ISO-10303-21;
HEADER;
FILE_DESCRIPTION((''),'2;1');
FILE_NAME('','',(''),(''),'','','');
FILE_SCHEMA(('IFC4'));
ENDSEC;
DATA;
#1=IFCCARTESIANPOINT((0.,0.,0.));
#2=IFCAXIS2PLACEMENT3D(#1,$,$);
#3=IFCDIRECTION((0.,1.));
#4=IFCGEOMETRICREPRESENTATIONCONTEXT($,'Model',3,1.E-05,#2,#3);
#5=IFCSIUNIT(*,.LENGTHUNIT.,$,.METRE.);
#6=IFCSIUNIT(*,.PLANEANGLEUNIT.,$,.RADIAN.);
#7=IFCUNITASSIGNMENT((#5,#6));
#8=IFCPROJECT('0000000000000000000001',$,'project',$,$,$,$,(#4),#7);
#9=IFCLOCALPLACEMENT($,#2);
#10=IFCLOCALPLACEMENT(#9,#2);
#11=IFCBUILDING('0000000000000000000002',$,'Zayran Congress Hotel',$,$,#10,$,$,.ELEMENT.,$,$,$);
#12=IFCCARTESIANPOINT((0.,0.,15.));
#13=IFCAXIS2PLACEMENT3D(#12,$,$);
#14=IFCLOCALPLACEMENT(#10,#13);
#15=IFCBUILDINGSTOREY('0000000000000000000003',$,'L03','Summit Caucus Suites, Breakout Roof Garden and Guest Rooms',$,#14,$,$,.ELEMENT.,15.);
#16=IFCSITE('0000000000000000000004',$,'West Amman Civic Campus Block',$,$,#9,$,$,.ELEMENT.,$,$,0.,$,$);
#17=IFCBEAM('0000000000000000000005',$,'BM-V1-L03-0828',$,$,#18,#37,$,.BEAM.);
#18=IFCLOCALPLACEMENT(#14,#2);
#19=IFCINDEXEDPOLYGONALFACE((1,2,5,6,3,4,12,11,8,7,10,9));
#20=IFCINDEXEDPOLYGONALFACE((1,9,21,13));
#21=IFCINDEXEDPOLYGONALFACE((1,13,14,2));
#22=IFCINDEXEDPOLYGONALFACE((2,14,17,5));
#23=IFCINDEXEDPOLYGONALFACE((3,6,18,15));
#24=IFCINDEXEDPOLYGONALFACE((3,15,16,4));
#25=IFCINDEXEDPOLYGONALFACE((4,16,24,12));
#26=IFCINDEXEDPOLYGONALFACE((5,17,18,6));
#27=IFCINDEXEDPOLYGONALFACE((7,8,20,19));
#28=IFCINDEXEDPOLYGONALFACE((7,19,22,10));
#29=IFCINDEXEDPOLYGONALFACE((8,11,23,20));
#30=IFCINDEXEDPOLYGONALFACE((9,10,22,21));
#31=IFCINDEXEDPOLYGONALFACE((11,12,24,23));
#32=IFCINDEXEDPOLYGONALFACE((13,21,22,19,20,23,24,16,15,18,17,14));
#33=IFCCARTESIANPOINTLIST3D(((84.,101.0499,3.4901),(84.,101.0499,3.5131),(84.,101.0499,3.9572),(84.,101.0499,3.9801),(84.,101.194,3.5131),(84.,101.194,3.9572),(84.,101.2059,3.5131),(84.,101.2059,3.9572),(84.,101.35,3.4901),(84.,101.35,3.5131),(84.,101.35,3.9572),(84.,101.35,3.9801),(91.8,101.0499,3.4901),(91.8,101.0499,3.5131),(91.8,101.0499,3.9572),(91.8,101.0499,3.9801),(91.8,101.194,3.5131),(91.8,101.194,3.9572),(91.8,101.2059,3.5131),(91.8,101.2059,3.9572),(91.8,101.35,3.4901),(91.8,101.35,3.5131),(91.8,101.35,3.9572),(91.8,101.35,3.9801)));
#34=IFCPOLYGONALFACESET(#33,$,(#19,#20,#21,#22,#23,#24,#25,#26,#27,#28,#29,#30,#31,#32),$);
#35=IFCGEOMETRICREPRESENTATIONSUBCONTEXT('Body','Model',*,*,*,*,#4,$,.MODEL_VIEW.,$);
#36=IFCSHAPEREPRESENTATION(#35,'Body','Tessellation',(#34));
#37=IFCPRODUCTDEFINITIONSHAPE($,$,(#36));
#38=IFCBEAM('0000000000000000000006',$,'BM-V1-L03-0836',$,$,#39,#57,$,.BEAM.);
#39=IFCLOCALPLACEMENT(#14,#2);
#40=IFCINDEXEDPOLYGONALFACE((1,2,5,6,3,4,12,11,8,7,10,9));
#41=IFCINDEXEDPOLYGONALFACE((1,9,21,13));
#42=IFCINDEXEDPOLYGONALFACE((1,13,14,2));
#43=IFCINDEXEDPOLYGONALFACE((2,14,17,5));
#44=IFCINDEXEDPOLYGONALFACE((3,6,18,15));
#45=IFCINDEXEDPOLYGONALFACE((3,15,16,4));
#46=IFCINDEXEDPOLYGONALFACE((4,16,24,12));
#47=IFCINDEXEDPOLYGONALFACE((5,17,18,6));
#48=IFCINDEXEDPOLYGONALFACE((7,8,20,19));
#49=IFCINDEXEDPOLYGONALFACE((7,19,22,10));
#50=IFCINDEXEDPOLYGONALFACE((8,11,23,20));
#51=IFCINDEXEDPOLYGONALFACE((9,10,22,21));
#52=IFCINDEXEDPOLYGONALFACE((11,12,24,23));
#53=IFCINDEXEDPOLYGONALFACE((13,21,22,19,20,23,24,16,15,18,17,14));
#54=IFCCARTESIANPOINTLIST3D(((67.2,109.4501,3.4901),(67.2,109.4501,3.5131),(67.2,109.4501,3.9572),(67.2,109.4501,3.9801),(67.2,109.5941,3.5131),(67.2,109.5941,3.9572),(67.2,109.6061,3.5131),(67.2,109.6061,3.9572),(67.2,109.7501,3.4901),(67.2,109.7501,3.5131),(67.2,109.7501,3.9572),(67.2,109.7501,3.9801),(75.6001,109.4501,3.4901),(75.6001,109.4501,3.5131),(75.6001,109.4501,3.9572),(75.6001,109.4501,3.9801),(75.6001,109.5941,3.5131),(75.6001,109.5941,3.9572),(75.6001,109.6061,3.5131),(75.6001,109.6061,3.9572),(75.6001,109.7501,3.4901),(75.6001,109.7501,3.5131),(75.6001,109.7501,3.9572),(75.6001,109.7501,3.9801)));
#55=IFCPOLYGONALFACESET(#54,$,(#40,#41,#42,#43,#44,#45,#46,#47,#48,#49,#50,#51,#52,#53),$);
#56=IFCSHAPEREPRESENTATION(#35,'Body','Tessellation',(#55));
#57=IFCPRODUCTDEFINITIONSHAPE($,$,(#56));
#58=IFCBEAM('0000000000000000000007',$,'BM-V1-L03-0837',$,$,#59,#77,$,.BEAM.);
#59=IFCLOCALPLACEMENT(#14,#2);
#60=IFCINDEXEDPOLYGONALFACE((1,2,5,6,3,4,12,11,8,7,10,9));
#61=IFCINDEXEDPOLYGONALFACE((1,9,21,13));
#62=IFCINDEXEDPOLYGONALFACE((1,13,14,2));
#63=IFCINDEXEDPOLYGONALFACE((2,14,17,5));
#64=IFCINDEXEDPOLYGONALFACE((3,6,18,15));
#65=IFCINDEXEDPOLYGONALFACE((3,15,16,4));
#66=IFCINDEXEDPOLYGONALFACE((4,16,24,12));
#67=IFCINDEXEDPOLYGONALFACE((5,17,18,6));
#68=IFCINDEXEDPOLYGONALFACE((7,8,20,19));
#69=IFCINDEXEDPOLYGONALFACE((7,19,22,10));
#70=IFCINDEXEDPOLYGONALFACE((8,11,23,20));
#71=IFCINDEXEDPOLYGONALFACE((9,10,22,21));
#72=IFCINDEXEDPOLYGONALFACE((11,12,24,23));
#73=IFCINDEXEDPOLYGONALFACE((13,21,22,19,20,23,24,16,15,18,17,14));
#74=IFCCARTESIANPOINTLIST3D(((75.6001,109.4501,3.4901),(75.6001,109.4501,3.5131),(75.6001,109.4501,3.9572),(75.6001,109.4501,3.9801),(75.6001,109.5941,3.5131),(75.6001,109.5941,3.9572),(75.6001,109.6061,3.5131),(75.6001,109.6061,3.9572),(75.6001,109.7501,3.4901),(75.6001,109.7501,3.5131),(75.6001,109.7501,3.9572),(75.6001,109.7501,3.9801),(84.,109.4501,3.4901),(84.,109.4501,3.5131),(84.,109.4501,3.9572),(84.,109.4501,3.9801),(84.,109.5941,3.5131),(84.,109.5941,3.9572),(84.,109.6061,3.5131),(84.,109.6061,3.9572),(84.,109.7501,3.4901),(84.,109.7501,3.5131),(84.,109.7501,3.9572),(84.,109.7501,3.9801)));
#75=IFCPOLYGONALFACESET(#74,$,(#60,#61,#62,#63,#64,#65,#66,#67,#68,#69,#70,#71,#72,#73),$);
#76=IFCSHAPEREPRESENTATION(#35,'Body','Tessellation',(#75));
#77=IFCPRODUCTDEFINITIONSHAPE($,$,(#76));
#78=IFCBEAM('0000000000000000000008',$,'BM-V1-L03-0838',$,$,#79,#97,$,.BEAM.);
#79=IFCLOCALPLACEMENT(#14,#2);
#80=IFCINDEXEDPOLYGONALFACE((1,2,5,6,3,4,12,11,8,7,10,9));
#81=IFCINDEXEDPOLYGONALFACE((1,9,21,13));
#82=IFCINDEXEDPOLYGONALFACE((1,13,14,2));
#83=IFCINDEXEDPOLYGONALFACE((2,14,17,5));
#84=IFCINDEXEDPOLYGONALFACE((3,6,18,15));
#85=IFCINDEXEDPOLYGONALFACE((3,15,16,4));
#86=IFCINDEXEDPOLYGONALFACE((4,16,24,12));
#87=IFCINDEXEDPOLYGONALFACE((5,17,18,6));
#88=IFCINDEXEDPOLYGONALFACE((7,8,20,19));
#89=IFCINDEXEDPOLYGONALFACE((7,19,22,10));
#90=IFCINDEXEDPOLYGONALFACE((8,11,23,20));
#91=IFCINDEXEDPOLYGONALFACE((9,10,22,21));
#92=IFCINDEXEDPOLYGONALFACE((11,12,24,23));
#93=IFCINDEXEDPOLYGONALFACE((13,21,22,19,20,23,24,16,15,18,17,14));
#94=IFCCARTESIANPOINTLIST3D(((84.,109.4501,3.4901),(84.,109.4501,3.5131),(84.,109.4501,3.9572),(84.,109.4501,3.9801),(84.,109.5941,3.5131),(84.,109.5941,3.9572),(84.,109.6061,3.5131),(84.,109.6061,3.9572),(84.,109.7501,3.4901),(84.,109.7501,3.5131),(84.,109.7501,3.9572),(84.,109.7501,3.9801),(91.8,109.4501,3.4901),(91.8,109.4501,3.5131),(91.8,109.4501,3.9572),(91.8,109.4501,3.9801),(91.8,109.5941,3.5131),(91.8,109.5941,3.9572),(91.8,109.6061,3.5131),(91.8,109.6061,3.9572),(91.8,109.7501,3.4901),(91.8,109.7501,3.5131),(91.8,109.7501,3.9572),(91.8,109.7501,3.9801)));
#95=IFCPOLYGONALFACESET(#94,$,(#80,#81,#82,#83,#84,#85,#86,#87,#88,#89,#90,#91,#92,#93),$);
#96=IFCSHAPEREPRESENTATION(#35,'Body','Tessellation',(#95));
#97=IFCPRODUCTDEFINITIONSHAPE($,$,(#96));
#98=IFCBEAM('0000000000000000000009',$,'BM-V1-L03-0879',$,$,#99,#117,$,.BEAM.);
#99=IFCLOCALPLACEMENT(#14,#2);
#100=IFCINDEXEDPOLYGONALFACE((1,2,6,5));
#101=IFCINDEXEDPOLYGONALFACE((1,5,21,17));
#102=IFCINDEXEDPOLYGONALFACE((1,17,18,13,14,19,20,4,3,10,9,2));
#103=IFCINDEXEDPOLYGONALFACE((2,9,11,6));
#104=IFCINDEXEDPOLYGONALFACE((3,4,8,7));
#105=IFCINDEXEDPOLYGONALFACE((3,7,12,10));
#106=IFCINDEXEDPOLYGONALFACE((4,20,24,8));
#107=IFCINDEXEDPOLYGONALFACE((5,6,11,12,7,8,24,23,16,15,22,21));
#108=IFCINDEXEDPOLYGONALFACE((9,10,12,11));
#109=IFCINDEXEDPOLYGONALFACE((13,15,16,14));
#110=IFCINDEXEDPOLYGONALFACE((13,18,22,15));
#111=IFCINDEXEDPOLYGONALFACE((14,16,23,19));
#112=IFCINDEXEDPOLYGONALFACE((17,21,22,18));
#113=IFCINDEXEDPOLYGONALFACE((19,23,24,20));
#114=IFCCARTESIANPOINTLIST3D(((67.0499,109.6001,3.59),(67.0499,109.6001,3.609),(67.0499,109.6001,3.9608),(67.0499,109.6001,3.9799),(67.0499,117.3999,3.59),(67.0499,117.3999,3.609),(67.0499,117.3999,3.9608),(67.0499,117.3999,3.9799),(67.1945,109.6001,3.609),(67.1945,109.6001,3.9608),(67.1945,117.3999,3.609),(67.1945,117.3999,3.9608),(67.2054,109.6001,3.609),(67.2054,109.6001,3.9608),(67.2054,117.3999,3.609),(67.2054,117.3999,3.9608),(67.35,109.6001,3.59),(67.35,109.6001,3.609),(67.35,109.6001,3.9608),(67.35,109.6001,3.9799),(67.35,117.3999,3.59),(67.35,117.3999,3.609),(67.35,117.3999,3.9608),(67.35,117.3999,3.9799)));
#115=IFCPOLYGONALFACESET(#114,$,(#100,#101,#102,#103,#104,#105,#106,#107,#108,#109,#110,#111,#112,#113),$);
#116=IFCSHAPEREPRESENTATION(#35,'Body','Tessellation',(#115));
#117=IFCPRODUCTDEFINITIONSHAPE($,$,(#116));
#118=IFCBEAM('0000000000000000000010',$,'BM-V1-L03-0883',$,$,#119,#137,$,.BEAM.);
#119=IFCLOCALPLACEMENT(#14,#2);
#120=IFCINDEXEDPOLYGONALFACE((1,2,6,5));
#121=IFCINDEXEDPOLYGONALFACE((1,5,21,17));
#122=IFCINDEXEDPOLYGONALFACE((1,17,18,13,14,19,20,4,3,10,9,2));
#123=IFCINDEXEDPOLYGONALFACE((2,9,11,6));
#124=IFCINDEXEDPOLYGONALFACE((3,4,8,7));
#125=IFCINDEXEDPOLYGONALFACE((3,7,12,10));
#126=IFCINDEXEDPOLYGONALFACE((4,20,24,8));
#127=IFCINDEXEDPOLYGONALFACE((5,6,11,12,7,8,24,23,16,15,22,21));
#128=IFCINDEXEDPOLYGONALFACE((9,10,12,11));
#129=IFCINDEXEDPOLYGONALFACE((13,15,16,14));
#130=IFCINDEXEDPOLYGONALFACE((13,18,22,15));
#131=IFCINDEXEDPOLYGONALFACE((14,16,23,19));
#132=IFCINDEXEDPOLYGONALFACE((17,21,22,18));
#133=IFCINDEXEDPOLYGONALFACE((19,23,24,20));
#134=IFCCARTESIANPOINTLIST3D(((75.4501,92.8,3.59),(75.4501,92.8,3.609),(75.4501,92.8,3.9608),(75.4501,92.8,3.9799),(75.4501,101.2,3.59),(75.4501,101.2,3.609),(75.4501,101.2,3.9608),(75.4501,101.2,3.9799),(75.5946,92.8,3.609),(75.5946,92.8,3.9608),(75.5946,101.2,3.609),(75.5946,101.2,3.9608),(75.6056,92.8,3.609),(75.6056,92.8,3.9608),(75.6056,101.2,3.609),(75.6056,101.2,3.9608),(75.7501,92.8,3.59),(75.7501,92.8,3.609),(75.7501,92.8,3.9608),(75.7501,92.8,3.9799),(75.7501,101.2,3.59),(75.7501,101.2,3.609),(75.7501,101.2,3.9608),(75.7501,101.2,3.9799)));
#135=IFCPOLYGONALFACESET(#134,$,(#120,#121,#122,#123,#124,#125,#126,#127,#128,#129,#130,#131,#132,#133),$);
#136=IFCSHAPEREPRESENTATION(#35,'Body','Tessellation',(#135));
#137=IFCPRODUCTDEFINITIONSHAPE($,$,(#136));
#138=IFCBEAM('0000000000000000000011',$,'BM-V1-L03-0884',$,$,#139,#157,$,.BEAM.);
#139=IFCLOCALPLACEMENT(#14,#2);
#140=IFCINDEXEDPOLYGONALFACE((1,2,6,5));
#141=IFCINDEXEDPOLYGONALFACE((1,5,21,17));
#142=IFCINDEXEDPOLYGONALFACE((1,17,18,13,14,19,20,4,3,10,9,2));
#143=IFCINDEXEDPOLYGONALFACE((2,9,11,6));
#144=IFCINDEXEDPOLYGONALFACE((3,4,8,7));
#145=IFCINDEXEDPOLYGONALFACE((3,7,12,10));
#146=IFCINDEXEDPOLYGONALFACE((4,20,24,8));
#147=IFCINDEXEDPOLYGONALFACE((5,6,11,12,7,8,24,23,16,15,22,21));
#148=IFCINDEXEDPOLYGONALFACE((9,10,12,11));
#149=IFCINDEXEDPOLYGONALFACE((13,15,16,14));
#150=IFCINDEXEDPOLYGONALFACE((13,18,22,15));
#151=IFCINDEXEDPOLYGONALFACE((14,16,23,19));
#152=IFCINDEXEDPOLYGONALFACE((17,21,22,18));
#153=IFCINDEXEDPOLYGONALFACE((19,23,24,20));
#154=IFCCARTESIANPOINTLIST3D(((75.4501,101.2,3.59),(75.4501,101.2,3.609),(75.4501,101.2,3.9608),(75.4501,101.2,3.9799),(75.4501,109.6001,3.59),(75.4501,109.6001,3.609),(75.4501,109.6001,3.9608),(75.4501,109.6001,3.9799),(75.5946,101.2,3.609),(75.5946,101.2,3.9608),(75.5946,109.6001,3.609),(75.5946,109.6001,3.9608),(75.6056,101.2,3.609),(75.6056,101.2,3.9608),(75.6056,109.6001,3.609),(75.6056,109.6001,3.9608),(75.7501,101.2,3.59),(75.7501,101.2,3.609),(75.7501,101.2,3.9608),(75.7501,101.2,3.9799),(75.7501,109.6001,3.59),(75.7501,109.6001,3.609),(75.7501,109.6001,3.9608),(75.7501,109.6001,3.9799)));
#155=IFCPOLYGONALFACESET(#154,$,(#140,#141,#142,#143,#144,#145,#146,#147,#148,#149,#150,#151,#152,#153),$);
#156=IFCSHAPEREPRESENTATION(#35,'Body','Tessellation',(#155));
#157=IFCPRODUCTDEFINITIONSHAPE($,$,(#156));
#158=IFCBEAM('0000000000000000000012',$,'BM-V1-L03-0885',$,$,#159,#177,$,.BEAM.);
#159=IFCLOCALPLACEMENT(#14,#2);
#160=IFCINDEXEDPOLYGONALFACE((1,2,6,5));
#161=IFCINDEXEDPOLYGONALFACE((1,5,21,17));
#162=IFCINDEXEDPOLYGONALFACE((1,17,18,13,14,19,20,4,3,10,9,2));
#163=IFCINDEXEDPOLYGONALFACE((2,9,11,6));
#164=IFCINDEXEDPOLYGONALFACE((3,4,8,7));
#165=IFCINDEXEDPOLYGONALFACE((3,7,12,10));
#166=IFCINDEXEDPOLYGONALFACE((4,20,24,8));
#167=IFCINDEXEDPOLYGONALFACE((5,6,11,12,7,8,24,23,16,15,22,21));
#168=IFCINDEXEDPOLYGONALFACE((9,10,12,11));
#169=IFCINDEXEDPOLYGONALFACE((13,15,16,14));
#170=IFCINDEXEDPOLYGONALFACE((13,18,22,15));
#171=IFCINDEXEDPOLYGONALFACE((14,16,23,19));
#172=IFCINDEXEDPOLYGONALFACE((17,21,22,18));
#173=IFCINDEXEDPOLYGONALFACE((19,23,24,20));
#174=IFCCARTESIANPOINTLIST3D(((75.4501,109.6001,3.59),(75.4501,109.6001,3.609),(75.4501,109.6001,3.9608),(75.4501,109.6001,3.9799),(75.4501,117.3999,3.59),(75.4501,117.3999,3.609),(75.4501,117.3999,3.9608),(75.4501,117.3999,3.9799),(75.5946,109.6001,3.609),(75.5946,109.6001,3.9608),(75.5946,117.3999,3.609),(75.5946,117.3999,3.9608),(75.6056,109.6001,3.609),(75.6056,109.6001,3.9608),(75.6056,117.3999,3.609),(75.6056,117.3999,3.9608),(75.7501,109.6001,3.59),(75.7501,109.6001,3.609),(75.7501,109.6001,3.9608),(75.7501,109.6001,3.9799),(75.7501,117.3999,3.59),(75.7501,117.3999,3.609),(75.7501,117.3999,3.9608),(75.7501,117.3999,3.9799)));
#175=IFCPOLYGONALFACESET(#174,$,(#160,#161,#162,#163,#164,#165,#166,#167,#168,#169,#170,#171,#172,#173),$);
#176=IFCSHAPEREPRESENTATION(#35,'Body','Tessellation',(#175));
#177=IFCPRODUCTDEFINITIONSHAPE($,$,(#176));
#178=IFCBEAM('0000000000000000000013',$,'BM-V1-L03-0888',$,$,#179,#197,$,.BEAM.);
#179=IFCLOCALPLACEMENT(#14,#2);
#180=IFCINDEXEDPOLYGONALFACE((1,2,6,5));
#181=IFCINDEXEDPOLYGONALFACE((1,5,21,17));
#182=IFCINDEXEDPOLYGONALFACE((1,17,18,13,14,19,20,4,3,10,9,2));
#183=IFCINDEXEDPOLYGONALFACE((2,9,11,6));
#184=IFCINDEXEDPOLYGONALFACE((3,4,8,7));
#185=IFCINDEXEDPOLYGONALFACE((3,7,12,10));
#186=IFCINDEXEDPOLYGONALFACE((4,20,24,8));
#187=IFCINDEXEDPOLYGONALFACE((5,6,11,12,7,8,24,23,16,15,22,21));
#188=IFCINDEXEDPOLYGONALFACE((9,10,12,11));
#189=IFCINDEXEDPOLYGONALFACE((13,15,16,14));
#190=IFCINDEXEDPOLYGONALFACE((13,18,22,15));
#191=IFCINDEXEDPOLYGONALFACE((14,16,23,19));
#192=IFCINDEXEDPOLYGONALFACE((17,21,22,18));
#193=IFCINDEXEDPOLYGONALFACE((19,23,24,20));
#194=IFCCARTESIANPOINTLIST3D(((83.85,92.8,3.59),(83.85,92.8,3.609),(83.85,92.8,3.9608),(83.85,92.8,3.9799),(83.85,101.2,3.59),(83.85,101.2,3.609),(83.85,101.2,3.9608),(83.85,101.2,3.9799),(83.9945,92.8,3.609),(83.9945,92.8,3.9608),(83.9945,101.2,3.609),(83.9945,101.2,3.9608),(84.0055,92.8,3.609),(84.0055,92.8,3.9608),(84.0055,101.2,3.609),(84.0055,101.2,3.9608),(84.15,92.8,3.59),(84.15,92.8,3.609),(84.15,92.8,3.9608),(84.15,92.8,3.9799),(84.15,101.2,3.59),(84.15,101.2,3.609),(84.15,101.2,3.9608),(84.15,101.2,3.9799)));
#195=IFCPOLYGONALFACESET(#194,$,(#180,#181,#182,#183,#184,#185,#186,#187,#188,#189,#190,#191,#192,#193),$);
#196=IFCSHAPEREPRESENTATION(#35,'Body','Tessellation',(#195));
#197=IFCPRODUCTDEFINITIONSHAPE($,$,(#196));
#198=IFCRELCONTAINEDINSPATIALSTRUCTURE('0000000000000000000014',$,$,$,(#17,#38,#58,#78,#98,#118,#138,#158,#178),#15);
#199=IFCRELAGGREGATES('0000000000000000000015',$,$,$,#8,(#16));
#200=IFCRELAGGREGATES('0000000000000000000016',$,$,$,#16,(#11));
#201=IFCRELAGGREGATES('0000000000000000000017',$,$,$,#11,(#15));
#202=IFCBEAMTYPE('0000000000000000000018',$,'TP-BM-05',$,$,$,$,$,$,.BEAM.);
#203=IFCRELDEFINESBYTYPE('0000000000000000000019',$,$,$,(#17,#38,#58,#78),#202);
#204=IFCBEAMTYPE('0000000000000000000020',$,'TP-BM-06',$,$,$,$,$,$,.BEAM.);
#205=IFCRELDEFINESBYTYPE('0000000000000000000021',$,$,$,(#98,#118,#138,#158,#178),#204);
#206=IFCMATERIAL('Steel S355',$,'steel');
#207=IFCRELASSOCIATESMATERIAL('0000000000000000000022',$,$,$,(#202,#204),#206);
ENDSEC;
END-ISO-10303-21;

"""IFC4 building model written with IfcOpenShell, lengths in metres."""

from ifc_helpers import new_model, si_unit, direction, frame, origin, origin_2d, place, context, subcontext, project, spatial, i_section, extrude, material, material_profile, profile_set, type_object, element, save


model = new_model("IFC4")

# Units and contexts
model_context = context("Model", 3, precision=1e-05, world=origin(), true_north=direction((0.0, 1.0)))
body_context = subcontext(model_context, "Body", "Model", "MODEL_VIEW")
ifc_project = project(units=[si_unit("LENGTHUNIT", "METRE"), si_unit("PLANEANGLEUNIT", "RADIAN")], contexts=[model_context])

# Site, building, storey
site_placement = place(None, origin())
site = spatial("IfcSite", under=ifc_project, at=site_placement, Name="West Amman Civic Campus Block", CompositionType="ELEMENT", RefElevation=0.0)
building_placement = place(site_placement, origin())
building = spatial("IfcBuilding", under=site, at=building_placement, Name="Zayran Congress Hotel", CompositionType="ELEMENT")
storey_placement = place(building_placement, frame((0.0, 0.0, 15.0)))
storey = spatial("IfcBuildingStorey", under=building, at=storey_placement, Name="L03", Description="Summit Caucus Suites, Breakout Roof Garden and Guest Rooms", CompositionType="ELEMENT", Elevation=15.0)

# Shared definitions
ifc_material_1 = material(Name="Steel S355", Category="steel")

# Beams
ifc_material_profile_1 = material_profile(ifc_material_1, i_section(OverallWidth=0.3, OverallDepth=0.49, WebThickness=0.012, FlangeThickness=0.0229, at=origin_2d()), Name="HEA 500")
ifc_profile_set_1 = profile_set([ifc_material_profile_1], Name="Steel S355")
beam_type_1 = type_object("IfcBeamType", Name="TP-BM-05", PredefinedType="BEAM", material=ifc_profile_set_1)
beam_1_placement = place(storey_placement, frame((84.0, 101.2, 3.7351), z_axis=(1.0, 0.0, 0.0), x_axis=(0.0, 1.0, 0.0)))
element("IfcBeam", 1, at=beam_1_placement, inside=storey, type_object=beam_type_1, Name="BM-V1-L03-0828", PredefinedType="BEAM", context=body_context, shape_type="SweptSolid", body=[
    extrude(i_section(OverallWidth=0.3, OverallDepth=0.49, WebThickness=0.012, FlangeThickness=0.0229, at=origin_2d()), origin(), (0.0, 0.0, 1.0), 7.8),
])
beam_2_placement = place(storey_placement, frame((67.2, 109.6001, 3.7351), z_axis=(1.0, 0.0, 0.0), x_axis=(0.0, 1.0, 0.0)))
element("IfcBeam", 2, at=beam_2_placement, inside=storey, type_object=beam_type_1, Name="BM-V1-L03-0836", PredefinedType="BEAM", context=body_context, shape_type="SweptSolid", body=[
    extrude(i_section(OverallWidth=0.3, OverallDepth=0.49, WebThickness=0.012, FlangeThickness=0.0229, at=origin_2d()), origin(), (0.0, 0.0, 1.0), 8.4001),
])
beam_3_placement = place(storey_placement, frame((75.6001, 109.6001, 3.7351), z_axis=(1.0, 0.0, 0.0), x_axis=(0.0, 1.0, 0.0)))
element("IfcBeam", 3, at=beam_3_placement, inside=storey, type_object=beam_type_1, Name="BM-V1-L03-0837", PredefinedType="BEAM", context=body_context, shape_type="SweptSolid", body=[
    extrude(i_section(OverallWidth=0.3, OverallDepth=0.49, WebThickness=0.012, FlangeThickness=0.0229, at=origin_2d()), origin(), (0.0, 0.0, 1.0), 8.3999),
])
beam_4_placement = place(storey_placement, frame((84.0, 109.6001, 3.7351), z_axis=(1.0, 0.0, 0.0), x_axis=(0.0, 1.0, 0.0)))
element("IfcBeam", 4, at=beam_4_placement, inside=storey, type_object=beam_type_1, Name="BM-V1-L03-0838", PredefinedType="BEAM", context=body_context, shape_type="SweptSolid", body=[
    extrude(i_section(OverallWidth=0.3, OverallDepth=0.49, WebThickness=0.012, FlangeThickness=0.0229, at=origin_2d()), origin(), (0.0, 0.0, 1.0), 7.8),
])
ifc_material_profile_2 = material_profile(ifc_material_1, i_section(OverallWidth=0.3, OverallDepth=0.3899, WebThickness=0.011, FlangeThickness=0.019, at=origin_2d()), Name="HEA 400")
ifc_profile_set_2 = profile_set([ifc_material_profile_2], Name="Steel S355")
beam_type_2 = type_object("IfcBeamType", Name="TP-BM-06", PredefinedType="BEAM", material=ifc_profile_set_2)
beam_5_placement = place(storey_placement, frame((67.2, 109.6001, 3.7849), z_axis=(0.0, 1.0, 0.0), x_axis=(-1.0, 0.0, 0.0)))
element("IfcBeam", 5, at=beam_5_placement, inside=storey, type_object=beam_type_2, Name="BM-V1-L03-0879", PredefinedType="BEAM", context=body_context, shape_type="SweptSolid", body=[
    extrude(i_section(OverallWidth=0.3, OverallDepth=0.3899, WebThickness=0.011, FlangeThickness=0.019, at=origin_2d()), origin(), (0.0, 0.0, 1.0), 7.7998),
])
beam_6_placement = place(storey_placement, frame((75.6001, 92.8, 3.7849), z_axis=(0.0, 1.0, 0.0), x_axis=(-1.0, 0.0, 0.0)))
element("IfcBeam", 6, at=beam_6_placement, inside=storey, type_object=beam_type_2, Name="BM-V1-L03-0883", PredefinedType="BEAM", context=body_context, shape_type="SweptSolid", body=[
    extrude(i_section(OverallWidth=0.3, OverallDepth=0.3899, WebThickness=0.011, FlangeThickness=0.019, at=origin_2d()), origin(), (0.0, 0.0, 1.0), 8.3999),
])
beam_7_placement = place(storey_placement, frame((75.6001, 101.2, 3.7849), z_axis=(0.0, 1.0, 0.0), x_axis=(-1.0, 0.0, 0.0)))
element("IfcBeam", 7, at=beam_7_placement, inside=storey, type_object=beam_type_2, Name="BM-V1-L03-0884", PredefinedType="BEAM", context=body_context, shape_type="SweptSolid", body=[
    extrude(i_section(OverallWidth=0.3, OverallDepth=0.3899, WebThickness=0.011, FlangeThickness=0.019, at=origin_2d()), origin(), (0.0, 0.0, 1.0), 8.4001),
])
beam_8_placement = place(storey_placement, frame((75.6001, 109.6001, 3.7849), z_axis=(0.0, 1.0, 0.0), x_axis=(-1.0, 0.0, 0.0)))
element("IfcBeam", 8, at=beam_8_placement, inside=storey, type_object=beam_type_2, Name="BM-V1-L03-0885", PredefinedType="BEAM", context=body_context, shape_type="SweptSolid", body=[
    extrude(i_section(OverallWidth=0.3, OverallDepth=0.3899, WebThickness=0.011, FlangeThickness=0.019, at=origin_2d()), origin(), (0.0, 0.0, 1.0), 7.7998),
])
beam_9_placement = place(storey_placement, frame((84.0, 92.8, 3.7849), z_axis=(0.0, 1.0, 0.0), x_axis=(-1.0, 0.0, 0.0)))
element("IfcBeam", 9, at=beam_9_placement, inside=storey, type_object=beam_type_2, Name="BM-V1-L03-0888", PredefinedType="BEAM", context=body_context, shape_type="SweptSolid", body=[
    extrude(i_section(OverallWidth=0.3, OverallDepth=0.3899, WebThickness=0.011, FlangeThickness=0.019, at=origin_2d()), origin(), (0.0, 0.0, 1.0), 8.3999),
])

save(model, "model.ifc")
